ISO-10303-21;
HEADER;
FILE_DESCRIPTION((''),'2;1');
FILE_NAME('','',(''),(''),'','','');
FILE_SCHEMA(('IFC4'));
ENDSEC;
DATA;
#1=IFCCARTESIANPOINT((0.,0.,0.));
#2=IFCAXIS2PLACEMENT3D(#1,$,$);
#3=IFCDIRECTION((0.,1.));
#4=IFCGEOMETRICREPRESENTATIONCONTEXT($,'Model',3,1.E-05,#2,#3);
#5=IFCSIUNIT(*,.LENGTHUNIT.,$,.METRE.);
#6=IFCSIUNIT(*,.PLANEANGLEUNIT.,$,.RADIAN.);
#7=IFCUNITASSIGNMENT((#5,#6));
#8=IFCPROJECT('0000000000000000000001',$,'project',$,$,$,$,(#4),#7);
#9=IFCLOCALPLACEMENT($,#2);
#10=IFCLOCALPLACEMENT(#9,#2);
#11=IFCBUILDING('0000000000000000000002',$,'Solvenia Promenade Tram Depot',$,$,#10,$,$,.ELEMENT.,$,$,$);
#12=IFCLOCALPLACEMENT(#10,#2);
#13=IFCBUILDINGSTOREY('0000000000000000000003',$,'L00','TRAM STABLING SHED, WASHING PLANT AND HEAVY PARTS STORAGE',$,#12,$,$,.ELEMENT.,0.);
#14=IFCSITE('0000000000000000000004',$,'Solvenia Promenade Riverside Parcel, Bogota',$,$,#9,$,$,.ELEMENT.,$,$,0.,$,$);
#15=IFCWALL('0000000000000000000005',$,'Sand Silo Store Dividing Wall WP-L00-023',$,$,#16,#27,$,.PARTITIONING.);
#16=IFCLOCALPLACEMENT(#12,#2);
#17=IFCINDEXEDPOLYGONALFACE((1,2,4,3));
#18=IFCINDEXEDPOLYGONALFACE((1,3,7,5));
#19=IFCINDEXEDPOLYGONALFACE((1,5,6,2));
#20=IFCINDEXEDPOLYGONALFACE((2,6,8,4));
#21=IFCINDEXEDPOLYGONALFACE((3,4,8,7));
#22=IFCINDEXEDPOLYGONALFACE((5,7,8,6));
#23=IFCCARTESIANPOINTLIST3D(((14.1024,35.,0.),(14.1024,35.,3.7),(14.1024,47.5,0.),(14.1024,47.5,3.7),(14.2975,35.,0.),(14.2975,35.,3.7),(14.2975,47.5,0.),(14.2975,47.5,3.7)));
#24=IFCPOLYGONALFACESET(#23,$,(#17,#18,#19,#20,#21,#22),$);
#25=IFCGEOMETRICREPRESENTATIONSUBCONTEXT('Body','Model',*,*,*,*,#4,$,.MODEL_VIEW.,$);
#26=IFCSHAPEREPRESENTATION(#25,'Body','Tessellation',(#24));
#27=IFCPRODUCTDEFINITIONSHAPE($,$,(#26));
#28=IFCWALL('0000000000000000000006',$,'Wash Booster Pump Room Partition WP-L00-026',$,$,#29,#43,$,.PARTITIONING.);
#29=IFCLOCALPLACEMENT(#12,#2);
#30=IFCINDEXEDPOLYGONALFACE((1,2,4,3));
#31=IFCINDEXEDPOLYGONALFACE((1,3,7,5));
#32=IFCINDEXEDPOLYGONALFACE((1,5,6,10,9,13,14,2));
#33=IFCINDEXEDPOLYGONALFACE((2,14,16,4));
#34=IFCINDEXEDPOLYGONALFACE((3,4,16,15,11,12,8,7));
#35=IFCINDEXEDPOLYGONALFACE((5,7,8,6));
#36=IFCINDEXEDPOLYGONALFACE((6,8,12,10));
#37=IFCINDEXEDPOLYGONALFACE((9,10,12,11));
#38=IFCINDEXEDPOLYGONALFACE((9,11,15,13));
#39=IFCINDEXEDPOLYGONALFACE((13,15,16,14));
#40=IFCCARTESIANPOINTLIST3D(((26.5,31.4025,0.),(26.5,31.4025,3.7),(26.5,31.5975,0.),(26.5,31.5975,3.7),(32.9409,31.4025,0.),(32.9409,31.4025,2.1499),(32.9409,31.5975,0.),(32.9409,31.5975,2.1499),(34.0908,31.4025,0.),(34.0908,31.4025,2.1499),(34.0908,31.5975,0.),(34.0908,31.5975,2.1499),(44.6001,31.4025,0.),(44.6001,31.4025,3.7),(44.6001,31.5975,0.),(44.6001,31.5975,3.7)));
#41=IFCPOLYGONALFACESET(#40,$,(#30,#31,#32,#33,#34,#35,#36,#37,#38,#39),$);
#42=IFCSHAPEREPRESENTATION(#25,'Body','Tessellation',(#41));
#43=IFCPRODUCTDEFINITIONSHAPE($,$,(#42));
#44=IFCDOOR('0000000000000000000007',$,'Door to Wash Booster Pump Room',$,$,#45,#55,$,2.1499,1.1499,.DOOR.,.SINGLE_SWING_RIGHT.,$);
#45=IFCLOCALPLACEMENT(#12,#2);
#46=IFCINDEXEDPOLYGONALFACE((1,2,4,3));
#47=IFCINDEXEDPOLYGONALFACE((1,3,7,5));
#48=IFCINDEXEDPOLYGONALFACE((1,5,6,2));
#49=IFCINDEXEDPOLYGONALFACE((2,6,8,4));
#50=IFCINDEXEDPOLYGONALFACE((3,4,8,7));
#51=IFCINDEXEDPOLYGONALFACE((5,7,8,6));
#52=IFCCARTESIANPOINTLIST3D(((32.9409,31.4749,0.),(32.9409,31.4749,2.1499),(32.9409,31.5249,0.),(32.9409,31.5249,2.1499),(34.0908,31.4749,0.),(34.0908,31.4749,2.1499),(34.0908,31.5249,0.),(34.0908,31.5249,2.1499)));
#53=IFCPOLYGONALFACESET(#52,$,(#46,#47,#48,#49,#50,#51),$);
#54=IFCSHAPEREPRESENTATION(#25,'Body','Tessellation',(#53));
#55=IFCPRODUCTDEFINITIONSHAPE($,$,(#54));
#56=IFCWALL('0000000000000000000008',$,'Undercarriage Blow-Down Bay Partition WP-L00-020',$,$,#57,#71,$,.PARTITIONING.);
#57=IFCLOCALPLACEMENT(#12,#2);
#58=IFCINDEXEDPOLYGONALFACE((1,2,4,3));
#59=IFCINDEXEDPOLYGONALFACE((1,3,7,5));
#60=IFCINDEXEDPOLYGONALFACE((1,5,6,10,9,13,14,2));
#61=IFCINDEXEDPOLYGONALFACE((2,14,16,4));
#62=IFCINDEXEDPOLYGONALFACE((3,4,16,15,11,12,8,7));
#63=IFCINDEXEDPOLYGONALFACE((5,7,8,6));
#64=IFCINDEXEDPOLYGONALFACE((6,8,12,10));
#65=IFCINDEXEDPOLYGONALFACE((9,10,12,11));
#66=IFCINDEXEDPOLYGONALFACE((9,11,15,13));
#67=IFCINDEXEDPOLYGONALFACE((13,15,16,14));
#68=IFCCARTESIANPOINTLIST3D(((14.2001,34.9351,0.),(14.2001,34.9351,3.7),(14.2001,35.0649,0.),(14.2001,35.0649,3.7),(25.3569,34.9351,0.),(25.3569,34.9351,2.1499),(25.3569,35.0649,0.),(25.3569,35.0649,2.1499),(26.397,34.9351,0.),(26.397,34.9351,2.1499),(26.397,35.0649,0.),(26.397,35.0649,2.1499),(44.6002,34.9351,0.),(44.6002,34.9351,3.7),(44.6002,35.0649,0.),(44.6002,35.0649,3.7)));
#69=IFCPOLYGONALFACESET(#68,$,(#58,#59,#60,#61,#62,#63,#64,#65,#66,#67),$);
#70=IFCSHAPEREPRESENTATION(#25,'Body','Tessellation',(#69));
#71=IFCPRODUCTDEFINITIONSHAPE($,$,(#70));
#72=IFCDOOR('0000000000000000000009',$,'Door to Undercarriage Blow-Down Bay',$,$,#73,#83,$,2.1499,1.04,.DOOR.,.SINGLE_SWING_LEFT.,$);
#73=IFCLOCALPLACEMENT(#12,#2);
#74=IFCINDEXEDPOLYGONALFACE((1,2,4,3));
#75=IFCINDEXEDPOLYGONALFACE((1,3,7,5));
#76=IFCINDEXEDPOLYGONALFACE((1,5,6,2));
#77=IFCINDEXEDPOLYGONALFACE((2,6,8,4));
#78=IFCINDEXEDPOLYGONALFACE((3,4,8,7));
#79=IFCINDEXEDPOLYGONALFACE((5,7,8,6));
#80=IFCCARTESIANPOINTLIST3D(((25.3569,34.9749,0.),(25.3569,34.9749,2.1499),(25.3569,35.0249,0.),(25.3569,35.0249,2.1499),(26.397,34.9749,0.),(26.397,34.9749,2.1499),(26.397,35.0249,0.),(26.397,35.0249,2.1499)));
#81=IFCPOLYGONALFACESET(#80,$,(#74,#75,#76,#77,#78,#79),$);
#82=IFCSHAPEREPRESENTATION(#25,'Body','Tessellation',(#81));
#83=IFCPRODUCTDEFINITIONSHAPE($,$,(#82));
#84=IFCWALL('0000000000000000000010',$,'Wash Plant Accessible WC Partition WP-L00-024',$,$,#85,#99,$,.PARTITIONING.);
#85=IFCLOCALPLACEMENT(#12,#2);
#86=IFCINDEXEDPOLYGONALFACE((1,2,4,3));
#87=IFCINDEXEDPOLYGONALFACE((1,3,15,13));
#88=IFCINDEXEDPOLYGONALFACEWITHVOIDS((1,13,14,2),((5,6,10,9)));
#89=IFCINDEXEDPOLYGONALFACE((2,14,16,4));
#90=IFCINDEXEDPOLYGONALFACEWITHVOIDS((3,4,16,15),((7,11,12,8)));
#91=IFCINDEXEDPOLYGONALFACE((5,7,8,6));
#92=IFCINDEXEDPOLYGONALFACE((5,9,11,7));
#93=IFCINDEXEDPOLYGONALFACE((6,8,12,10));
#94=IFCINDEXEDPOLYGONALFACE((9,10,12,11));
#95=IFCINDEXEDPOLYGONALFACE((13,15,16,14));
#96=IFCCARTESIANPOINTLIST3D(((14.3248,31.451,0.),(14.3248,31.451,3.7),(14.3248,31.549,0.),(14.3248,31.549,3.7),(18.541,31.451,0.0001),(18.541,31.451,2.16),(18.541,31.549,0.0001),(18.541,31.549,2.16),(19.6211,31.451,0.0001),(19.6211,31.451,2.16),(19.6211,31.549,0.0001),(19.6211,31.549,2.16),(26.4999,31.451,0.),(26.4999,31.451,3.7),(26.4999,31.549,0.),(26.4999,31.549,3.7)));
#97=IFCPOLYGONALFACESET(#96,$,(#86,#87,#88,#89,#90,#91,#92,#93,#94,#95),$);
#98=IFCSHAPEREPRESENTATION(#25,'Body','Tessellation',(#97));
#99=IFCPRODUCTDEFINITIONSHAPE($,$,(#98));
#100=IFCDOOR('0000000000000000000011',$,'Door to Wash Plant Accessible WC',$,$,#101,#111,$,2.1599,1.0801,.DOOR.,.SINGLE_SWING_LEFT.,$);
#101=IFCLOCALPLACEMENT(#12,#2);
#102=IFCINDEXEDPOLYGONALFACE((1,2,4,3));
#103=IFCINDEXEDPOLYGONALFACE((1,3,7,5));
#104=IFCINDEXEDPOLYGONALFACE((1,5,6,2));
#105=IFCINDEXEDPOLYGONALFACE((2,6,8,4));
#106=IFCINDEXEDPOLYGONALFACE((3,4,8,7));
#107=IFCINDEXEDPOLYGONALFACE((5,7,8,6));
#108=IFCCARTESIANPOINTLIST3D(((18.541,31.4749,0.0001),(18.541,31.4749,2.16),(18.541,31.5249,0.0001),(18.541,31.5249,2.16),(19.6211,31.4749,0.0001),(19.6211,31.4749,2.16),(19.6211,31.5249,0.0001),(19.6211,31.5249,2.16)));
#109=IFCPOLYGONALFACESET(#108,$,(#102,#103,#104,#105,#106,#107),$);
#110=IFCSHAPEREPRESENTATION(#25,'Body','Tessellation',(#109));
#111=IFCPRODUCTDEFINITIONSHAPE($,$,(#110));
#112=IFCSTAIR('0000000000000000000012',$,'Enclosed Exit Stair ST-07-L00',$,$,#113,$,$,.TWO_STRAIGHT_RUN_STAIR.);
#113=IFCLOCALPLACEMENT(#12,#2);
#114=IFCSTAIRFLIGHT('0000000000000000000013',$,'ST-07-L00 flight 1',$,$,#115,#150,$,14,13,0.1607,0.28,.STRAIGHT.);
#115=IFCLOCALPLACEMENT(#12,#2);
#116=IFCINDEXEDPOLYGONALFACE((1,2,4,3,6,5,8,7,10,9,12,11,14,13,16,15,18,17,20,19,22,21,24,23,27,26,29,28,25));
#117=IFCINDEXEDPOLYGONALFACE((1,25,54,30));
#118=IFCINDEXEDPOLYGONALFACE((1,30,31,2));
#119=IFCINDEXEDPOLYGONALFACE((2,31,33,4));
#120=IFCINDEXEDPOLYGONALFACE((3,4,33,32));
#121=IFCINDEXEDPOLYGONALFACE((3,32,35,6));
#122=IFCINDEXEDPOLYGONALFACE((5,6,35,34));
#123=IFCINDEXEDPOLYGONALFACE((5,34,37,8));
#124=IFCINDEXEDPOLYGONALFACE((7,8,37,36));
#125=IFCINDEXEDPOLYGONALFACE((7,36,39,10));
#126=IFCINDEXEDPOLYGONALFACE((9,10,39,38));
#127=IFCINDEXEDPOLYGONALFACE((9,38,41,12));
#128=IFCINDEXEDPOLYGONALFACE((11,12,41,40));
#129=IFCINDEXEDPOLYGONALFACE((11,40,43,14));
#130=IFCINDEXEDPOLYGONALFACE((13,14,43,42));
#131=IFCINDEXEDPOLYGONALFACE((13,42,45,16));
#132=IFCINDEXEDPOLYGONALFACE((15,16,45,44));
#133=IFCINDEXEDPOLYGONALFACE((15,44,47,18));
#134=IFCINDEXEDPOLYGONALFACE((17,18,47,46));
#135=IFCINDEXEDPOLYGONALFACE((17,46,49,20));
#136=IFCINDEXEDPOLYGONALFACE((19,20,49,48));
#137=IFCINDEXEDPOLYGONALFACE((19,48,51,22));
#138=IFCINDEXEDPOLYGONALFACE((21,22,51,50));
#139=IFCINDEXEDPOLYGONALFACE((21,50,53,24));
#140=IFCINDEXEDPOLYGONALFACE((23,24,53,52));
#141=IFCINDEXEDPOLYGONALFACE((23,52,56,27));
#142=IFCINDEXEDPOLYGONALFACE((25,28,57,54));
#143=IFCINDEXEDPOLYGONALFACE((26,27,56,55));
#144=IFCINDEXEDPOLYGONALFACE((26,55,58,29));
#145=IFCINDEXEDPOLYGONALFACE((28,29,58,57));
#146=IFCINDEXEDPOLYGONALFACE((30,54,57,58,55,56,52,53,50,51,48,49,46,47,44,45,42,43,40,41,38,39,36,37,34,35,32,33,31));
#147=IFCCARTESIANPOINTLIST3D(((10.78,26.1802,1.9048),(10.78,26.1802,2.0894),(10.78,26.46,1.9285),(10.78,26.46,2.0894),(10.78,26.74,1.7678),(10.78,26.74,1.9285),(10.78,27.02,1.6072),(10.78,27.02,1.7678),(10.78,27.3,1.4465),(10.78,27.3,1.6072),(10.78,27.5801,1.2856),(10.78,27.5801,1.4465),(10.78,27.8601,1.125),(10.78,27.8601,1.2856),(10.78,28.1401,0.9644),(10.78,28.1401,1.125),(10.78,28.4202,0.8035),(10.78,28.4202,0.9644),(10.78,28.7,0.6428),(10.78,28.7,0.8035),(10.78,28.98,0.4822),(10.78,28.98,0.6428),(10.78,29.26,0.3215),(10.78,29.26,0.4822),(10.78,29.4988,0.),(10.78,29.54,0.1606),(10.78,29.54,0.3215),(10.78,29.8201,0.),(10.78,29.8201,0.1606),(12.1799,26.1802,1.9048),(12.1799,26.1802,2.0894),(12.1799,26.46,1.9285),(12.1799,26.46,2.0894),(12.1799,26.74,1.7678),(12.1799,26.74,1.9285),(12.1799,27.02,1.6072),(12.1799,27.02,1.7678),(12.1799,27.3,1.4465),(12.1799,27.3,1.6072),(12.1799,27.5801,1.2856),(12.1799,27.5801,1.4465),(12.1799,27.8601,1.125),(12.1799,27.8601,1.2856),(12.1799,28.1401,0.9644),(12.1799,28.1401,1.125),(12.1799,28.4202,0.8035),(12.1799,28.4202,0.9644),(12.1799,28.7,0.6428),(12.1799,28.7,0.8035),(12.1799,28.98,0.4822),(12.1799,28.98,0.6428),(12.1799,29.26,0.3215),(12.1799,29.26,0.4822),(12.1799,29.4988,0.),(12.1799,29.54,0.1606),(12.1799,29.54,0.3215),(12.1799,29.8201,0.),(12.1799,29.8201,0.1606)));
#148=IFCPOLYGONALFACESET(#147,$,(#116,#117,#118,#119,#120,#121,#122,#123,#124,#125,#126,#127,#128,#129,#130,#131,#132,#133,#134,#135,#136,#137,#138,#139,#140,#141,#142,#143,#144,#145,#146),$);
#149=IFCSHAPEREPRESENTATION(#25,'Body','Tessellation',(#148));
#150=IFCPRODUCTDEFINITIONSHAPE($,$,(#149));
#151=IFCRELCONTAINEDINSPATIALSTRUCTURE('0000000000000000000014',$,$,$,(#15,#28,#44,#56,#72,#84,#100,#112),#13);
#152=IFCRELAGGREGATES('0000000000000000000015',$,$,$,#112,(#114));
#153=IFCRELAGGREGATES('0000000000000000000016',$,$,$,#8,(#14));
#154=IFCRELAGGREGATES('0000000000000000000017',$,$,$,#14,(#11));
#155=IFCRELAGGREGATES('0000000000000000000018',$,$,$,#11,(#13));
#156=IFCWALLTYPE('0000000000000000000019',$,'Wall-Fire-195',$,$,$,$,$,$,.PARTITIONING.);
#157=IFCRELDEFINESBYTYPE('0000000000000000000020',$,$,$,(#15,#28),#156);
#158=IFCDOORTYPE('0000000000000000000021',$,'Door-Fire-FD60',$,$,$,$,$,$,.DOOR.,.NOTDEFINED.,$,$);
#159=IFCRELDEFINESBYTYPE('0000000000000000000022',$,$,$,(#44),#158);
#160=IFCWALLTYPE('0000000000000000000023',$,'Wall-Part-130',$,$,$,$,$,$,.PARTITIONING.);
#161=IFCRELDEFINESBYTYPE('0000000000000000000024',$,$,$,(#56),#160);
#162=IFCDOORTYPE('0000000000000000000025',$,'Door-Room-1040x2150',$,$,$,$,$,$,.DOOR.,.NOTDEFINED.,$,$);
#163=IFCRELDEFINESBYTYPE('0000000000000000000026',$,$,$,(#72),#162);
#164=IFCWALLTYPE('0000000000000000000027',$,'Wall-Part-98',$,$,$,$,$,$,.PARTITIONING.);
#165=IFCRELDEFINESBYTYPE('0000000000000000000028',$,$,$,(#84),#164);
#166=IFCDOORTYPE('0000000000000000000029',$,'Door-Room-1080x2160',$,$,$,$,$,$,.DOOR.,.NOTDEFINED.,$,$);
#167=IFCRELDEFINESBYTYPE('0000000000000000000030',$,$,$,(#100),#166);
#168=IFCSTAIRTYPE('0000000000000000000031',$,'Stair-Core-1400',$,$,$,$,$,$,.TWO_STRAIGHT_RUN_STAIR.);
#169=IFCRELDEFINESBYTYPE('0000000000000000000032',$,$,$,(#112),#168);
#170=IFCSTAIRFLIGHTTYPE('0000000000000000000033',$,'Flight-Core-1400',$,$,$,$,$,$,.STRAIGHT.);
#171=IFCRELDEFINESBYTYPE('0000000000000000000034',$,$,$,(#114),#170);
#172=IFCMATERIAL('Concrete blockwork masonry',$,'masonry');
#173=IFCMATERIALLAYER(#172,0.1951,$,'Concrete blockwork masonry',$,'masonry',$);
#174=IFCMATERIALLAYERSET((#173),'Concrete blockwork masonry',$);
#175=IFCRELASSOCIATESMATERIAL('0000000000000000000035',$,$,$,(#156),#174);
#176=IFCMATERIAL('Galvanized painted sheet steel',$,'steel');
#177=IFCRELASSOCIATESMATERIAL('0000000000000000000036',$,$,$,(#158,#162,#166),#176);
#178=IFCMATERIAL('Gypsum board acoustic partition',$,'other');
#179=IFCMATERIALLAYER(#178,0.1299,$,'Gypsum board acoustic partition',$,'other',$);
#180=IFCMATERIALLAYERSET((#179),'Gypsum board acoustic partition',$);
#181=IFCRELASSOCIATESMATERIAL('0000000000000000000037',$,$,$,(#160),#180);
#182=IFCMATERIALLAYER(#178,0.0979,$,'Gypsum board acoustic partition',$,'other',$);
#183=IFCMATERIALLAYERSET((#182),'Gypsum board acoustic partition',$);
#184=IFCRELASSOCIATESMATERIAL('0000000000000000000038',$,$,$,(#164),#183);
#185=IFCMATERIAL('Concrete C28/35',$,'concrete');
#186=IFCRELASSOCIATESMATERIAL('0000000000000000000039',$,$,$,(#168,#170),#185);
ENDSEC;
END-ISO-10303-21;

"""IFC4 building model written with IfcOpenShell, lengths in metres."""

from ifc_helpers import new_model, si_unit, direction, frame, frame_2d, origin, place, context, subcontext, project, spatial, polyline, rectangle, outline, extrude, material, layer, layer_set, type_object, element, fill, aggregate, save


model = new_model("IFC4")

# Units and contexts
model_context = context("Model", 3, precision=1e-05, world=origin(), true_north=direction((0.0, 1.0)))
body_context = subcontext(model_context, "Body", "Model", "MODEL_VIEW")
ifc_project = project(units=[si_unit("LENGTHUNIT", "METRE"), si_unit("PLANEANGLEUNIT", "RADIAN")], contexts=[model_context])

# Site, building, storey
site_placement = place(None, origin())
site = spatial("IfcSite", under=ifc_project, at=site_placement, Name="Solvenia Promenade Riverside Parcel, Bogota", CompositionType="ELEMENT", RefElevation=0.0)
building_placement = place(site_placement, origin())
building = spatial("IfcBuilding", under=site, at=building_placement, Name="Solvenia Promenade Tram Depot", CompositionType="ELEMENT")
storey_placement = place(building_placement, origin())
storey = spatial("IfcBuildingStorey", under=building, at=storey_placement, Name="L00", Description="TRAM STABLING SHED, WASHING PLANT AND HEAVY PARTS STORAGE", CompositionType="ELEMENT", Elevation=0.0)

# Shared definitions
ifc_material_1 = material(Name="Concrete C28/35", Category="concrete")

# Wall
ifc_material_2 = material(Name="Concrete blockwork masonry", Category="masonry")
ifc_layer_1 = layer(ifc_material_2, 0.1951, Name="Concrete blockwork masonry", Category="masonry")
ifc_layer_set_1 = layer_set([ifc_layer_1], Name="Concrete blockwork masonry")
wall_type_1 = type_object("IfcWallType", Name="Wall-Fire-195", PredefinedType="PARTITIONING", material=ifc_layer_set_1)
wall_1_placement = place(storey_placement, frame((14.2, 35.0, 0.0), z_axis=(0.0, 0.0, 1.0), x_axis=(0.0, 1.0, 0.0)))
element("IfcWall", 1, at=wall_1_placement, inside=storey, type_object=wall_type_1, Name="Sand Silo Store Dividing Wall WP-L00-023", PredefinedType="PARTITIONING", context=body_context, shape_type="SweptSolid", body=[
    extrude(rectangle(XDim=12.5, YDim=0.1951, at=frame_2d((6.25, 0.0))), origin(), (0.0, 0.0, 1.0), 3.7),
])

# Walls, openings, doors
wall_2_placement = place(storey_placement, frame((26.5, 31.5, 0.0), z_axis=(0.0, 0.0, 1.0), x_axis=(1.0, 0.0, 0.0)))
wall_2 = element("IfcWall", 2, at=wall_2_placement, inside=storey, type_object=wall_type_1, Name="Wash Booster Pump Room Partition WP-L00-026", PredefinedType="PARTITIONING", context=body_context, shape_type="SweptSolid", body=[
    extrude(rectangle(XDim=18.1001, YDim=0.1951, at=frame_2d((9.05, 0.0))), origin(), (0.0, 0.0, 1.0), 3.7),
])
opening_1_placement = place(wall_2_placement, frame((6.4409, 0.0, 0.0)))
opening_1 = element("IfcOpeningElement", 3, at=opening_1_placement, cuts=wall_2, PredefinedType="OPENING", context=body_context, shape_type="SweptSolid", body=[
    extrude(rectangle(XDim=1.1499, YDim=2.1499, at=frame_2d((0.575, 1.075))), frame((0.0, 0.1074, 0.0), z_axis=(0.0, -1.0, 0.0), x_axis=(1.0, 0.0, 0.0)), (0.0, 0.0, 1.0), 0.2151),
])
ifc_material_3 = material(Name="Galvanized painted sheet steel", Category="steel")
door_type_1 = type_object("IfcDoorType", Name="Door-Fire-FD60", OperationType="NOTDEFINED", PredefinedType="DOOR", material=ifc_material_3)
door_1_placement = place(opening_1_placement, origin())
door_1 = element("IfcDoor", 4, at=door_1_placement, inside=storey, type_object=door_type_1, Name="Door to Wash Booster Pump Room", OperationType="SINGLE_SWING_RIGHT", OverallHeight=2.1499, OverallWidth=1.1499, PredefinedType="DOOR", context=body_context, shape_type="SweptSolid", body=[
    extrude(rectangle(XDim=1.1499, YDim=2.1499, at=frame_2d((0.575, 1.075))), frame((0.0, 0.0249, 0.0), z_axis=(0.0, -1.0, 0.0), x_axis=(1.0, 0.0, 0.0)), (0.0, 0.0, 1.0), 0.05),
])
fill(opening_1, door_1)
ifc_material_4 = material(Name="Gypsum board acoustic partition", Category="other")
ifc_layer_2 = layer(ifc_material_4, 0.1299, Name="Gypsum board acoustic partition", Category="other")
ifc_layer_set_2 = layer_set([ifc_layer_2], Name="Gypsum board acoustic partition")
wall_type_2 = type_object("IfcWallType", Name="Wall-Part-130", PredefinedType="PARTITIONING", material=ifc_layer_set_2)
wall_3_placement = place(storey_placement, frame((14.2, 35.0, 0.0), z_axis=(0.0, 0.0, 1.0), x_axis=(1.0, 0.0, 0.0)))
wall_3 = element("IfcWall", 5, at=wall_3_placement, inside=storey, type_object=wall_type_2, Name="Undercarriage Blow-Down Bay Partition WP-L00-020", PredefinedType="PARTITIONING", context=body_context, shape_type="SweptSolid", body=[
    extrude(rectangle(XDim=30.4001, YDim=0.1299, at=frame_2d((15.2002, 0.0))), origin(), (0.0, 0.0, 1.0), 3.7),
])
opening_2_placement = place(wall_3_placement, frame((11.157, 0.0, 0.0)))
opening_2 = element("IfcOpeningElement", 6, at=opening_2_placement, cuts=wall_3, PredefinedType="OPENING", context=body_context, shape_type="SweptSolid", body=[
    extrude(rectangle(XDim=1.04, YDim=2.1499, at=frame_2d((0.52, 1.075))), frame((0.0, 0.075, 0.0), z_axis=(0.0, -1.0, 0.0), x_axis=(1.0, 0.0, 0.0)), (0.0, 0.0, 1.0), 0.1499),
])
door_type_2 = type_object("IfcDoorType", Name="Door-Room-1040x2150", OperationType="NOTDEFINED", PredefinedType="DOOR", material=ifc_material_3)
door_2_placement = place(opening_2_placement, origin())
door_2 = element("IfcDoor", 7, at=door_2_placement, inside=storey, type_object=door_type_2, Name="Door to Undercarriage Blow-Down Bay", OperationType="SINGLE_SWING_LEFT", OverallHeight=2.1499, OverallWidth=1.04, PredefinedType="DOOR", context=body_context, shape_type="SweptSolid", body=[
    extrude(rectangle(XDim=1.04, YDim=2.1499, at=frame_2d((0.52, 1.075))), frame((0.0, 0.0249, 0.0), z_axis=(0.0, -1.0, 0.0), x_axis=(1.0, 0.0, 0.0)), (0.0, 0.0, 1.0), 0.05),
])
fill(opening_2, door_2)
ifc_layer_3 = layer(ifc_material_4, 0.0979, Name="Gypsum board acoustic partition", Category="other")
ifc_layer_set_3 = layer_set([ifc_layer_3], Name="Gypsum board acoustic partition")
wall_type_3 = type_object("IfcWallType", Name="Wall-Part-98", PredefinedType="PARTITIONING", material=ifc_layer_set_3)
wall_4_placement = place(storey_placement, frame((14.325, 31.5, 0.0), z_axis=(0.0, 0.0, 1.0), x_axis=(1.0, 0.0, 0.0)))
wall_4 = element("IfcWall", 8, at=wall_4_placement, inside=storey, type_object=wall_type_3, Name="Wash Plant Accessible WC Partition WP-L00-024", PredefinedType="PARTITIONING", context=body_context, shape_type="SweptSolid", body=[
    extrude(rectangle(XDim=12.175, YDim=0.0979, at=frame_2d((6.0874, 0.0))), origin(), (0.0, 0.0, 1.0), 3.7),
])
opening_3_placement = place(wall_4_placement, frame((4.2161, 0.0, 0.0)))
opening_3 = element("IfcOpeningElement", 9, at=opening_3_placement, cuts=wall_4, PredefinedType="OPENING", context=body_context, shape_type="SweptSolid", body=[
    extrude(rectangle(XDim=1.0801, YDim=2.1599, at=frame_2d((0.54, 1.0801))), frame((0.0, 0.0588, 0.0), z_axis=(0.0, -1.0, 0.0), x_axis=(1.0, 0.0, 0.0)), (0.0, 0.0, 1.0), 0.1179),
])
door_type_3 = type_object("IfcDoorType", Name="Door-Room-1080x2160", OperationType="NOTDEFINED", PredefinedType="DOOR", material=ifc_material_3)
door_3_placement = place(opening_3_placement, origin())
door_3 = element("IfcDoor", 10, at=door_3_placement, inside=storey, type_object=door_type_3, Name="Door to Wash Plant Accessible WC", OperationType="SINGLE_SWING_LEFT", OverallHeight=2.1599, OverallWidth=1.0801, PredefinedType="DOOR", context=body_context, shape_type="SweptSolid", body=[
    extrude(rectangle(XDim=1.0801, YDim=2.1599, at=frame_2d((0.54, 1.0801))), frame((0.0, 0.0249, 0.0), z_axis=(0.0, -1.0, 0.0), x_axis=(1.0, 0.0, 0.0)), (0.0, 0.0, 1.0), 0.05),
])
fill(opening_3, door_3)

# Stair, stair flight
stair_type = type_object("IfcStairType", Name="Stair-Core-1400", PredefinedType="TWO_STRAIGHT_RUN_STAIR", material=ifc_material_1)
stair_placement = place(storey_placement, origin())
stair = element("IfcStair", 11, at=stair_placement, inside=storey, type_object=stair_type, Name="Enclosed Exit Stair ST-07-L00", PredefinedType="TWO_STRAIGHT_RUN_STAIR")
stair_flight_type = type_object("IfcStairFlightType", Name="Flight-Core-1400", PredefinedType="STRAIGHT", material=ifc_material_1)
stair_flight_placement = place(storey_placement, frame((11.48, 29.8201, 0.0), z_axis=(0.0, 0.0, 1.0), x_axis=(0.0, -1.0, 0.0)))
stair_flight = element("IfcStairFlight", 12, at=stair_flight_placement, type_object=stair_flight_type, Name="ST-07-L00 flight 1", NumberOfRisers=14, NumberOfTreads=13, PredefinedType="STRAIGHT", RiserHeight=0.1607, TreadLength=0.28, context=body_context, shape_type="SweptSolid", body=[
    extrude(outline(polyline([(0.0, 0.0), (0.0, 0.1606), (0.28, 0.1606), (0.28, 0.3215), (0.5601, 0.3215), (0.5601, 0.4822), (0.8401, 0.4822), (0.8401, 0.6428), (1.1201, 0.6428), (1.1201, 0.8035), (1.3999, 0.8035), (1.3999, 0.9644), (1.6799, 0.9644), (1.6799, 1.125), (1.96, 1.125), (1.96, 1.2856), (2.24, 1.2856), (2.24, 1.4465), (2.52, 1.4465), (2.52, 1.6072), (2.8, 1.6072), (2.8, 1.7678), (3.0801, 1.7678), (3.0801, 1.9285), (3.3601, 1.9285), (3.3601, 2.0894), (3.6399, 2.0894), (3.6399, 2.25), (3.6399, 1.9048), (0.3213, 0.0), (0.0, 0.0)])), frame((0.0, 0.7, 0.0), z_axis=(0.0, -1.0, 0.0), x_axis=(1.0, 0.0, 0.0)), (0.0, 0.0, 1.0), 1.3999),
])
aggregate(stair, [stair_flight])

save(model, "model.ifc")
